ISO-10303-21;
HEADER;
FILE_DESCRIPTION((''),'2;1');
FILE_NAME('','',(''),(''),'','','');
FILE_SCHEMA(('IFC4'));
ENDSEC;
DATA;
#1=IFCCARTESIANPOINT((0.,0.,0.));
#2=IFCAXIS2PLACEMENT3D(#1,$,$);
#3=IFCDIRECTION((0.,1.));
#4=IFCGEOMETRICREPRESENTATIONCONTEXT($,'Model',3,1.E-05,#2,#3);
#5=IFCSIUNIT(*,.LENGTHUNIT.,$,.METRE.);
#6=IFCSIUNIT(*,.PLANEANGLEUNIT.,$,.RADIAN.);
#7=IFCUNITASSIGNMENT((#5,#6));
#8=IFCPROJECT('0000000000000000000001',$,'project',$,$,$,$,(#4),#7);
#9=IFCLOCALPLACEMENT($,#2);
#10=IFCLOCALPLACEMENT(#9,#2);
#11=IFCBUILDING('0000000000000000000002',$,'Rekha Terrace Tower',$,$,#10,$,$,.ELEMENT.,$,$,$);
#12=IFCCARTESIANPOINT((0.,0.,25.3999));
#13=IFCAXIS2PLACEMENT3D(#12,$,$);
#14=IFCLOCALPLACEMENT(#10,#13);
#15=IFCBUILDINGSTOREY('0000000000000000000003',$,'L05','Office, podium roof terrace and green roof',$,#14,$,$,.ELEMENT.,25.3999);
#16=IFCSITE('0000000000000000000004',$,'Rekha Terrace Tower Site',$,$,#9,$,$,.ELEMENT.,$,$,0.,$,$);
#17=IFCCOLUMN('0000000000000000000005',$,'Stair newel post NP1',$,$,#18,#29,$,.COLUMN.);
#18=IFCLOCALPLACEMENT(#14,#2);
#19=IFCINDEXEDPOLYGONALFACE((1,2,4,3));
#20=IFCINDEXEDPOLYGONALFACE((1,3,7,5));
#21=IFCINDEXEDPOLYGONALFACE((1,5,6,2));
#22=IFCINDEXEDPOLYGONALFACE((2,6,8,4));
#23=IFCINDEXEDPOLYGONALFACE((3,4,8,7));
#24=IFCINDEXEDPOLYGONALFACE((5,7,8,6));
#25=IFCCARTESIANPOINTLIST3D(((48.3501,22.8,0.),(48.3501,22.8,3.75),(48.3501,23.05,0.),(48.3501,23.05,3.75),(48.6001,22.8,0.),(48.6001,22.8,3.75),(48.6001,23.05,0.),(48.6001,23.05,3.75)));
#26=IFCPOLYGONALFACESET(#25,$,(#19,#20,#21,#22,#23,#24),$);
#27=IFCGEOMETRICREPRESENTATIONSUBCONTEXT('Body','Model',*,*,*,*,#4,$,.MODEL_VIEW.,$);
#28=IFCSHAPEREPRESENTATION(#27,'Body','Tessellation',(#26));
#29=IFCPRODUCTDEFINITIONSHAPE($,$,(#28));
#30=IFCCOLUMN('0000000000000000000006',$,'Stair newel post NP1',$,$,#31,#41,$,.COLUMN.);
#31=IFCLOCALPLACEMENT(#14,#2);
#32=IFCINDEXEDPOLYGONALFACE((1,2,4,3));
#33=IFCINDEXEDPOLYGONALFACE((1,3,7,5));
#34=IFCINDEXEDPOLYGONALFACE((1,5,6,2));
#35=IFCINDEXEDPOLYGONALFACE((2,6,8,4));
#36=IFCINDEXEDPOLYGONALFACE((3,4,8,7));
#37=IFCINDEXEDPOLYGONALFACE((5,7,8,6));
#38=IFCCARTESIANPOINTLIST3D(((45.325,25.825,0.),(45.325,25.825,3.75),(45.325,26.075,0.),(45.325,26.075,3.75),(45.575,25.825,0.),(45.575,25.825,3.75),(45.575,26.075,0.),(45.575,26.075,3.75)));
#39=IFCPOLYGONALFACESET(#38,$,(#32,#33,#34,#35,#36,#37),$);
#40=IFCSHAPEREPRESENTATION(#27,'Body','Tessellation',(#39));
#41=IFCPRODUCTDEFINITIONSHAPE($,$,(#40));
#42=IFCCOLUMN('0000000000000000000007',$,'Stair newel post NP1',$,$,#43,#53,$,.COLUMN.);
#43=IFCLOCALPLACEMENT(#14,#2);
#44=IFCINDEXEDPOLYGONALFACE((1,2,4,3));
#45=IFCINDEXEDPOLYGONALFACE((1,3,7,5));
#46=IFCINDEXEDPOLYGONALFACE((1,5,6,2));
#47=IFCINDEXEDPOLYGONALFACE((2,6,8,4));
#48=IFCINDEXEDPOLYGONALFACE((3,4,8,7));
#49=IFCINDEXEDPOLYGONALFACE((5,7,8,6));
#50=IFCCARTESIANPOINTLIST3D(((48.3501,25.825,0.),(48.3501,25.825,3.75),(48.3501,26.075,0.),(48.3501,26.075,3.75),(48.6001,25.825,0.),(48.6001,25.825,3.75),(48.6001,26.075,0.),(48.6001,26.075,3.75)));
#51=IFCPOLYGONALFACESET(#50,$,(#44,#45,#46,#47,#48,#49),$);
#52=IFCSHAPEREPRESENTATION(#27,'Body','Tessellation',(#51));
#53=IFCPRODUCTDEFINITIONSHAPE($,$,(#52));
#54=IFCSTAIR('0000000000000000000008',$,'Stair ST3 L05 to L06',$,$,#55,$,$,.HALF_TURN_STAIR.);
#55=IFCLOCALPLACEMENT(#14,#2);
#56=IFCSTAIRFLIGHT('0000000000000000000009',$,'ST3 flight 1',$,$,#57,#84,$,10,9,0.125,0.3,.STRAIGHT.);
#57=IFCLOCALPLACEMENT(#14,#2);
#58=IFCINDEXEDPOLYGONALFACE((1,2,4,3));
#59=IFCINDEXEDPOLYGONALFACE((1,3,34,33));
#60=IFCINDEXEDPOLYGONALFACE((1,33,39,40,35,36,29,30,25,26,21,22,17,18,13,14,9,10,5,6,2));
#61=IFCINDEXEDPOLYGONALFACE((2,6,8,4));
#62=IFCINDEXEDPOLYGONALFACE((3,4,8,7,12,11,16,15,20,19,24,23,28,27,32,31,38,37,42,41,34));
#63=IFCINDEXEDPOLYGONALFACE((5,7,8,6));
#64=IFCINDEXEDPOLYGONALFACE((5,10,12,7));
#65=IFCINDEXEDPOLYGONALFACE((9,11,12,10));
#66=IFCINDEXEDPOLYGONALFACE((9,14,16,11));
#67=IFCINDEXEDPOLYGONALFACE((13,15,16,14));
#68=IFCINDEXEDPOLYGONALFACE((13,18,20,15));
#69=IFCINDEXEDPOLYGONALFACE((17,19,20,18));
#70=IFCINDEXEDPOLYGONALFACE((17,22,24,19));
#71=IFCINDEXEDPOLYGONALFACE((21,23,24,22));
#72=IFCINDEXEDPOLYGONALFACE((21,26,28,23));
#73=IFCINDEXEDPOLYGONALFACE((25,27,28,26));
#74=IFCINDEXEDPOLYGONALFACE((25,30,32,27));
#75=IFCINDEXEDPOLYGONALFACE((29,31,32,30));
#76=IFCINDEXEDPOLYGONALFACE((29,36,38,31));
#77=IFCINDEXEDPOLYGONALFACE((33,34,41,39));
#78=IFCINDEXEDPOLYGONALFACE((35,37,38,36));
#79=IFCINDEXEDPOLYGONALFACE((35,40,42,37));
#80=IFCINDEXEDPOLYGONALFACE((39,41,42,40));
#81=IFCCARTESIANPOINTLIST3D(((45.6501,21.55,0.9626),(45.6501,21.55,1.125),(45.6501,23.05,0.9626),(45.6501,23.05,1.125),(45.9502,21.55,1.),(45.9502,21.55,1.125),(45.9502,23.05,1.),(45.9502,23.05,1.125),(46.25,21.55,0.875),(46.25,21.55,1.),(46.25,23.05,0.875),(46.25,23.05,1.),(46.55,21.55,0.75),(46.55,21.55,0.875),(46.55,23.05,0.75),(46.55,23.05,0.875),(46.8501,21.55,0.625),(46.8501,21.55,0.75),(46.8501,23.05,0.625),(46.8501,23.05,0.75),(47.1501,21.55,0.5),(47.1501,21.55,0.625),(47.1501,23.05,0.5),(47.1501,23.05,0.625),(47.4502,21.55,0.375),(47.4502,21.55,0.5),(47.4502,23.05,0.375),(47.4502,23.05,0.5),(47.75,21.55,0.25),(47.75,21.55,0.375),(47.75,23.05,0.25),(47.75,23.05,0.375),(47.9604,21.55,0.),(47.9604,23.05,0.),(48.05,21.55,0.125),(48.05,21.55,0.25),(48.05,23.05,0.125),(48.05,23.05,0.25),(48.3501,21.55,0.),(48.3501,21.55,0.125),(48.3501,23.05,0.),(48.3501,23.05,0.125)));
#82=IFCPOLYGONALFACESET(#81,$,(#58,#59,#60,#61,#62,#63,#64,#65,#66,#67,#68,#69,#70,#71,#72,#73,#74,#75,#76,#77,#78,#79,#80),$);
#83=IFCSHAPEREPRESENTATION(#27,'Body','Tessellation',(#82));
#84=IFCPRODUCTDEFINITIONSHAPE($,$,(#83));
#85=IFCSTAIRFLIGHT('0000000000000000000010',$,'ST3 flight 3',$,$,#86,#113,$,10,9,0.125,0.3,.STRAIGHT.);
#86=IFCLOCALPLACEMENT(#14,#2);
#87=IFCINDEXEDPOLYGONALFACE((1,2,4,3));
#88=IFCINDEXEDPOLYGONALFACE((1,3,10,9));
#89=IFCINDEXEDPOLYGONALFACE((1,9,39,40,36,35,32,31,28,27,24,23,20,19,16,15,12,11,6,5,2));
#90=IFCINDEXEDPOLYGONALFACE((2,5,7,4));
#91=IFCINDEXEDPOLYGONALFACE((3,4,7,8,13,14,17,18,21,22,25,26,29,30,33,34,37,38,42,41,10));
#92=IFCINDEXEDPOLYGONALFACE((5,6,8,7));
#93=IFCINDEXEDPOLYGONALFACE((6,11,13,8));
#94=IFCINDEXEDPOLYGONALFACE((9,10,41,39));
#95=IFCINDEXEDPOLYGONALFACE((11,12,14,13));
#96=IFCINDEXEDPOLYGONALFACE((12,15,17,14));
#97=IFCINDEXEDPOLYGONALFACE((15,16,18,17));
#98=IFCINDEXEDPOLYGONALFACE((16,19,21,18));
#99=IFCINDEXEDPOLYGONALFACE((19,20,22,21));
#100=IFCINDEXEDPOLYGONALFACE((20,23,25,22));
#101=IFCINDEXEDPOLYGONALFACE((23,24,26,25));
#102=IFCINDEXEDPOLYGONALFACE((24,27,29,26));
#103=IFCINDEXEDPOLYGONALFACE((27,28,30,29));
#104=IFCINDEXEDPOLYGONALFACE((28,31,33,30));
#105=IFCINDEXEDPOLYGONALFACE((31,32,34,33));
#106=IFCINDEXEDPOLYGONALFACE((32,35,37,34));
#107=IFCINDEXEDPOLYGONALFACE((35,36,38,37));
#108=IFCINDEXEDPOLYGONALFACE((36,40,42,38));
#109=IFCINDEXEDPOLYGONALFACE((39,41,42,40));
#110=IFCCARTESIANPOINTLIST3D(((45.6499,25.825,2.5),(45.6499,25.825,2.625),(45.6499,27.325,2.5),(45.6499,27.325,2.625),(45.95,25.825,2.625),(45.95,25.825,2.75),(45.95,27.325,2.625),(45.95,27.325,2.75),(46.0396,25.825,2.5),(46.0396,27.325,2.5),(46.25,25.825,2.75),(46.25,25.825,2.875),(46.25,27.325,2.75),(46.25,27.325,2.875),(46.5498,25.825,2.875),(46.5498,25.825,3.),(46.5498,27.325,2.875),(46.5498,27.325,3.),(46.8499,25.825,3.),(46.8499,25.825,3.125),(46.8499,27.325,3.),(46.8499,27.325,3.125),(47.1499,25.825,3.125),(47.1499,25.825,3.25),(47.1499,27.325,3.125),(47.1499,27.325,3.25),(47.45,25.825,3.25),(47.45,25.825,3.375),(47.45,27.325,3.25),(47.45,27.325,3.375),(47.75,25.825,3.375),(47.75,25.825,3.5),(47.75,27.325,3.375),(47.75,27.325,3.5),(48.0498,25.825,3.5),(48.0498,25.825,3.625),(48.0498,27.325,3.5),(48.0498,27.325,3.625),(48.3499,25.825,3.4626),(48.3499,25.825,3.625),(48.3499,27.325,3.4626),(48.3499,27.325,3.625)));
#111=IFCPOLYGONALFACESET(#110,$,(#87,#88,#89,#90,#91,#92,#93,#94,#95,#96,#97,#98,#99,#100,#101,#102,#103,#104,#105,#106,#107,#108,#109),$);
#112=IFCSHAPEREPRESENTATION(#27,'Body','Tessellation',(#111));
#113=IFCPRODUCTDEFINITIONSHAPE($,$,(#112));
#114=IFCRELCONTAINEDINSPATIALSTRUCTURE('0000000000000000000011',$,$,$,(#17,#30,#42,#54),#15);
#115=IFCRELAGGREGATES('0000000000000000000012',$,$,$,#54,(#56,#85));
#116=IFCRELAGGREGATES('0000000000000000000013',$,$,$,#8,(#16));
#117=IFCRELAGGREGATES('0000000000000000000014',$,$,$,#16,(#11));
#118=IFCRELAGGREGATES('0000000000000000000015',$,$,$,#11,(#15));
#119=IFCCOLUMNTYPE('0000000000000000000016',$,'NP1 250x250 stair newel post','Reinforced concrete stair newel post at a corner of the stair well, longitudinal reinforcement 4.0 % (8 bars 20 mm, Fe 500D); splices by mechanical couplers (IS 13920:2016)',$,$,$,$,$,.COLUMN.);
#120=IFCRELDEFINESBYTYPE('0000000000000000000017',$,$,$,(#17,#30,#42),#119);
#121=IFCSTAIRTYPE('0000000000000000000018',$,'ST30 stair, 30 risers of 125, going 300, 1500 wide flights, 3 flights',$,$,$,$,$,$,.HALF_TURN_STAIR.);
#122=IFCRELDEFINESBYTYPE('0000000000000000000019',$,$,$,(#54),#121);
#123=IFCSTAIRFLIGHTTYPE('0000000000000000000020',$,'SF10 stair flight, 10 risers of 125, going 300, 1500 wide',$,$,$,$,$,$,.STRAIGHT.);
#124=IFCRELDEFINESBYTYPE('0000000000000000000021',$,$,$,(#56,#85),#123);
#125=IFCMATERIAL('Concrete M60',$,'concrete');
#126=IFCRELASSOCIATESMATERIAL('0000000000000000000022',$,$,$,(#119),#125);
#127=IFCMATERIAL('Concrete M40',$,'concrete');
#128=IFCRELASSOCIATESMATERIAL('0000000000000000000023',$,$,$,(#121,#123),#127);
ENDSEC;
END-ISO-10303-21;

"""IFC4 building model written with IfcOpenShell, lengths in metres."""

from ifc_helpers import new_model, si_unit, direction, frame, origin, origin_2d, place, context, subcontext, project, spatial, polyline, rectangle, outline, extrude, material, material_profile, profile_set, type_object, element, aggregate, save


model = new_model("IFC4")

# Units and contexts
model_context = context("Model", 3, precision=1e-05, world=origin(), true_north=direction((0.0, 1.0)))
body_context = subcontext(model_context, "Body", "Model", "MODEL_VIEW")
ifc_project = project(units=[si_unit("LENGTHUNIT", "METRE"), si_unit("PLANEANGLEUNIT", "RADIAN")], contexts=[model_context])

# Site, building, storey
site_placement = place(None, origin())
site = spatial("IfcSite", under=ifc_project, at=site_placement, Name="Rekha Terrace Tower Site", CompositionType="ELEMENT", RefElevation=0.0)
building_placement = place(site_placement, origin())
building = spatial("IfcBuilding", under=site, at=building_placement, Name="Rekha Terrace Tower", CompositionType="ELEMENT")
storey_placement = place(building_placement, frame((0.0, 0.0, 25.3999)))
storey = spatial("IfcBuildingStorey", under=building, at=storey_placement, Name="L05", Description="Office, podium roof terrace and green roof", CompositionType="ELEMENT", Elevation=25.3999)

# Columns
ifc_material_1 = material(Name="Concrete M60", Category="concrete")
ifc_material_profile = material_profile(ifc_material_1, rectangle(XDim=0.25, YDim=0.25, at=origin_2d()), Name="RC 250x250")
ifc_profile_set = profile_set([ifc_material_profile], Name="Concrete M60")
column_type = type_object("IfcColumnType", Name="NP1 250x250 stair newel post", Description="Reinforced concrete stair newel post at a corner of the stair well, longitudinal reinforcement 4.0 % (8 bars 20 mm, Fe 500D); splices by mechanical couplers (IS 13920:2016)", PredefinedType="COLUMN", material=ifc_profile_set)
for number, where, z_axis, x_axis, name in (
    (1, (48.4751, 22.925, 0.0), (0.0, 0.0, 1.0), (1.0, 0.0, 0.0), "Stair newel post NP1"),
    (2, (45.45, 25.95, 0.0), (0.0, 0.0, 1.0), (1.0, 0.0, 0.0), "Stair newel post NP1"),
    (3, (48.4751, 25.95, 0.0), (0.0, 0.0, 1.0), (1.0, 0.0, 0.0), "Stair newel post NP1"),
):
    element("IfcColumn", number, at=place(storey_placement, frame(where, z_axis=z_axis, x_axis=x_axis)), inside=storey, type_object=column_type, Name=name, PredefinedType="COLUMN", context=body_context, shape_type="SweptSolid", body=[
        extrude(rectangle(XDim=0.25, YDim=0.25, at=origin_2d()), origin(), (0.0, 0.0, 1.0), 3.75),
    ])

# Stair, stair flights
ifc_material_2 = material(Name="Concrete M40", Category="concrete")
stair_type = type_object("IfcStairType", Name="ST30 stair, 30 risers of 125, going 300, 1500 wide flights, 3 flights", PredefinedType="HALF_TURN_STAIR", material=ifc_material_2)
stair_placement = place(storey_placement, origin())
stair = element("IfcStair", 4, at=stair_placement, inside=storey, type_object=stair_type, Name="Stair ST3 L05 to L06", PredefinedType="HALF_TURN_STAIR")
stair_flight_type = type_object("IfcStairFlightType", Name="SF10 stair flight, 10 risers of 125, going 300, 1500 wide", PredefinedType="STRAIGHT", material=ifc_material_2)
stair_flight_1_placement = place(storey_placement, frame((48.3501, 22.3, 0.0), z_axis=(0.0, 0.0, 1.0), x_axis=(-1.0, 0.0, 0.0)))
stair_flight_1 = element("IfcStairFlight", 5, at=stair_flight_1_placement, type_object=stair_flight_type, Name="ST3 flight 1", NumberOfRisers=10, NumberOfTreads=9, PredefinedType="STRAIGHT", RiserHeight=0.125, TreadLength=0.3, context=body_context, shape_type="SweptSolid", body=[
    extrude(outline(polyline([(0.0, 0.0), (0.0, 0.125), (0.3, 0.125), (0.3, 0.25), (0.6001, 0.25), (0.6001, 0.375), (0.8999, 0.375), (0.8999, 0.5), (1.2, 0.5), (1.2, 0.625), (1.5, 0.625), (1.5, 0.75), (1.8, 0.75), (1.8, 0.875), (2.1001, 0.875), (2.1001, 1.0), (2.3999, 1.0), (2.3999, 1.125), (2.7, 1.125), (2.7, 1.25), (2.7, 0.9626), (0.3896, 0.0), (0.0, 0.0)])), frame((0.0, 0.75, 0.0), z_axis=(0.0, -1.0, 0.0), x_axis=(1.0, 0.0, 0.0)), (0.0, 0.0, 1.0), 1.5),
])
stair_flight_2_placement = place(storey_placement, frame((45.6499, 26.575, 2.5), z_axis=(0.0, 0.0, 1.0), x_axis=(1.0, 0.0, 0.0)))
stair_flight_2 = element("IfcStairFlight", 6, at=stair_flight_2_placement, type_object=stair_flight_type, Name="ST3 flight 3", NumberOfRisers=10, NumberOfTreads=9, PredefinedType="STRAIGHT", RiserHeight=0.125, TreadLength=0.3, context=body_context, shape_type="SweptSolid", body=[
    extrude(outline(polyline([(0.0, 0.0), (0.0, 0.125), (0.3, 0.125), (0.3, 0.25), (0.6001, 0.25), (0.6001, 0.375), (0.8999, 0.375), (0.8999, 0.5), (1.2, 0.5), (1.2, 0.625), (1.5, 0.625), (1.5, 0.75), (1.8, 0.75), (1.8, 0.875), (2.1001, 0.875), (2.1001, 1.0), (2.3999, 1.0), (2.3999, 1.125), (2.7, 1.125), (2.7, 1.25), (2.7, 0.9626), (0.3896, 0.0), (0.0, 0.0)])), frame((0.0, 0.75, 0.0), z_axis=(0.0, -1.0, 0.0), x_axis=(1.0, 0.0, 0.0)), (0.0, 0.0, 1.0), 1.5),
])
aggregate(stair, [stair_flight_1, stair_flight_2])

save(model, "model.ifc")
